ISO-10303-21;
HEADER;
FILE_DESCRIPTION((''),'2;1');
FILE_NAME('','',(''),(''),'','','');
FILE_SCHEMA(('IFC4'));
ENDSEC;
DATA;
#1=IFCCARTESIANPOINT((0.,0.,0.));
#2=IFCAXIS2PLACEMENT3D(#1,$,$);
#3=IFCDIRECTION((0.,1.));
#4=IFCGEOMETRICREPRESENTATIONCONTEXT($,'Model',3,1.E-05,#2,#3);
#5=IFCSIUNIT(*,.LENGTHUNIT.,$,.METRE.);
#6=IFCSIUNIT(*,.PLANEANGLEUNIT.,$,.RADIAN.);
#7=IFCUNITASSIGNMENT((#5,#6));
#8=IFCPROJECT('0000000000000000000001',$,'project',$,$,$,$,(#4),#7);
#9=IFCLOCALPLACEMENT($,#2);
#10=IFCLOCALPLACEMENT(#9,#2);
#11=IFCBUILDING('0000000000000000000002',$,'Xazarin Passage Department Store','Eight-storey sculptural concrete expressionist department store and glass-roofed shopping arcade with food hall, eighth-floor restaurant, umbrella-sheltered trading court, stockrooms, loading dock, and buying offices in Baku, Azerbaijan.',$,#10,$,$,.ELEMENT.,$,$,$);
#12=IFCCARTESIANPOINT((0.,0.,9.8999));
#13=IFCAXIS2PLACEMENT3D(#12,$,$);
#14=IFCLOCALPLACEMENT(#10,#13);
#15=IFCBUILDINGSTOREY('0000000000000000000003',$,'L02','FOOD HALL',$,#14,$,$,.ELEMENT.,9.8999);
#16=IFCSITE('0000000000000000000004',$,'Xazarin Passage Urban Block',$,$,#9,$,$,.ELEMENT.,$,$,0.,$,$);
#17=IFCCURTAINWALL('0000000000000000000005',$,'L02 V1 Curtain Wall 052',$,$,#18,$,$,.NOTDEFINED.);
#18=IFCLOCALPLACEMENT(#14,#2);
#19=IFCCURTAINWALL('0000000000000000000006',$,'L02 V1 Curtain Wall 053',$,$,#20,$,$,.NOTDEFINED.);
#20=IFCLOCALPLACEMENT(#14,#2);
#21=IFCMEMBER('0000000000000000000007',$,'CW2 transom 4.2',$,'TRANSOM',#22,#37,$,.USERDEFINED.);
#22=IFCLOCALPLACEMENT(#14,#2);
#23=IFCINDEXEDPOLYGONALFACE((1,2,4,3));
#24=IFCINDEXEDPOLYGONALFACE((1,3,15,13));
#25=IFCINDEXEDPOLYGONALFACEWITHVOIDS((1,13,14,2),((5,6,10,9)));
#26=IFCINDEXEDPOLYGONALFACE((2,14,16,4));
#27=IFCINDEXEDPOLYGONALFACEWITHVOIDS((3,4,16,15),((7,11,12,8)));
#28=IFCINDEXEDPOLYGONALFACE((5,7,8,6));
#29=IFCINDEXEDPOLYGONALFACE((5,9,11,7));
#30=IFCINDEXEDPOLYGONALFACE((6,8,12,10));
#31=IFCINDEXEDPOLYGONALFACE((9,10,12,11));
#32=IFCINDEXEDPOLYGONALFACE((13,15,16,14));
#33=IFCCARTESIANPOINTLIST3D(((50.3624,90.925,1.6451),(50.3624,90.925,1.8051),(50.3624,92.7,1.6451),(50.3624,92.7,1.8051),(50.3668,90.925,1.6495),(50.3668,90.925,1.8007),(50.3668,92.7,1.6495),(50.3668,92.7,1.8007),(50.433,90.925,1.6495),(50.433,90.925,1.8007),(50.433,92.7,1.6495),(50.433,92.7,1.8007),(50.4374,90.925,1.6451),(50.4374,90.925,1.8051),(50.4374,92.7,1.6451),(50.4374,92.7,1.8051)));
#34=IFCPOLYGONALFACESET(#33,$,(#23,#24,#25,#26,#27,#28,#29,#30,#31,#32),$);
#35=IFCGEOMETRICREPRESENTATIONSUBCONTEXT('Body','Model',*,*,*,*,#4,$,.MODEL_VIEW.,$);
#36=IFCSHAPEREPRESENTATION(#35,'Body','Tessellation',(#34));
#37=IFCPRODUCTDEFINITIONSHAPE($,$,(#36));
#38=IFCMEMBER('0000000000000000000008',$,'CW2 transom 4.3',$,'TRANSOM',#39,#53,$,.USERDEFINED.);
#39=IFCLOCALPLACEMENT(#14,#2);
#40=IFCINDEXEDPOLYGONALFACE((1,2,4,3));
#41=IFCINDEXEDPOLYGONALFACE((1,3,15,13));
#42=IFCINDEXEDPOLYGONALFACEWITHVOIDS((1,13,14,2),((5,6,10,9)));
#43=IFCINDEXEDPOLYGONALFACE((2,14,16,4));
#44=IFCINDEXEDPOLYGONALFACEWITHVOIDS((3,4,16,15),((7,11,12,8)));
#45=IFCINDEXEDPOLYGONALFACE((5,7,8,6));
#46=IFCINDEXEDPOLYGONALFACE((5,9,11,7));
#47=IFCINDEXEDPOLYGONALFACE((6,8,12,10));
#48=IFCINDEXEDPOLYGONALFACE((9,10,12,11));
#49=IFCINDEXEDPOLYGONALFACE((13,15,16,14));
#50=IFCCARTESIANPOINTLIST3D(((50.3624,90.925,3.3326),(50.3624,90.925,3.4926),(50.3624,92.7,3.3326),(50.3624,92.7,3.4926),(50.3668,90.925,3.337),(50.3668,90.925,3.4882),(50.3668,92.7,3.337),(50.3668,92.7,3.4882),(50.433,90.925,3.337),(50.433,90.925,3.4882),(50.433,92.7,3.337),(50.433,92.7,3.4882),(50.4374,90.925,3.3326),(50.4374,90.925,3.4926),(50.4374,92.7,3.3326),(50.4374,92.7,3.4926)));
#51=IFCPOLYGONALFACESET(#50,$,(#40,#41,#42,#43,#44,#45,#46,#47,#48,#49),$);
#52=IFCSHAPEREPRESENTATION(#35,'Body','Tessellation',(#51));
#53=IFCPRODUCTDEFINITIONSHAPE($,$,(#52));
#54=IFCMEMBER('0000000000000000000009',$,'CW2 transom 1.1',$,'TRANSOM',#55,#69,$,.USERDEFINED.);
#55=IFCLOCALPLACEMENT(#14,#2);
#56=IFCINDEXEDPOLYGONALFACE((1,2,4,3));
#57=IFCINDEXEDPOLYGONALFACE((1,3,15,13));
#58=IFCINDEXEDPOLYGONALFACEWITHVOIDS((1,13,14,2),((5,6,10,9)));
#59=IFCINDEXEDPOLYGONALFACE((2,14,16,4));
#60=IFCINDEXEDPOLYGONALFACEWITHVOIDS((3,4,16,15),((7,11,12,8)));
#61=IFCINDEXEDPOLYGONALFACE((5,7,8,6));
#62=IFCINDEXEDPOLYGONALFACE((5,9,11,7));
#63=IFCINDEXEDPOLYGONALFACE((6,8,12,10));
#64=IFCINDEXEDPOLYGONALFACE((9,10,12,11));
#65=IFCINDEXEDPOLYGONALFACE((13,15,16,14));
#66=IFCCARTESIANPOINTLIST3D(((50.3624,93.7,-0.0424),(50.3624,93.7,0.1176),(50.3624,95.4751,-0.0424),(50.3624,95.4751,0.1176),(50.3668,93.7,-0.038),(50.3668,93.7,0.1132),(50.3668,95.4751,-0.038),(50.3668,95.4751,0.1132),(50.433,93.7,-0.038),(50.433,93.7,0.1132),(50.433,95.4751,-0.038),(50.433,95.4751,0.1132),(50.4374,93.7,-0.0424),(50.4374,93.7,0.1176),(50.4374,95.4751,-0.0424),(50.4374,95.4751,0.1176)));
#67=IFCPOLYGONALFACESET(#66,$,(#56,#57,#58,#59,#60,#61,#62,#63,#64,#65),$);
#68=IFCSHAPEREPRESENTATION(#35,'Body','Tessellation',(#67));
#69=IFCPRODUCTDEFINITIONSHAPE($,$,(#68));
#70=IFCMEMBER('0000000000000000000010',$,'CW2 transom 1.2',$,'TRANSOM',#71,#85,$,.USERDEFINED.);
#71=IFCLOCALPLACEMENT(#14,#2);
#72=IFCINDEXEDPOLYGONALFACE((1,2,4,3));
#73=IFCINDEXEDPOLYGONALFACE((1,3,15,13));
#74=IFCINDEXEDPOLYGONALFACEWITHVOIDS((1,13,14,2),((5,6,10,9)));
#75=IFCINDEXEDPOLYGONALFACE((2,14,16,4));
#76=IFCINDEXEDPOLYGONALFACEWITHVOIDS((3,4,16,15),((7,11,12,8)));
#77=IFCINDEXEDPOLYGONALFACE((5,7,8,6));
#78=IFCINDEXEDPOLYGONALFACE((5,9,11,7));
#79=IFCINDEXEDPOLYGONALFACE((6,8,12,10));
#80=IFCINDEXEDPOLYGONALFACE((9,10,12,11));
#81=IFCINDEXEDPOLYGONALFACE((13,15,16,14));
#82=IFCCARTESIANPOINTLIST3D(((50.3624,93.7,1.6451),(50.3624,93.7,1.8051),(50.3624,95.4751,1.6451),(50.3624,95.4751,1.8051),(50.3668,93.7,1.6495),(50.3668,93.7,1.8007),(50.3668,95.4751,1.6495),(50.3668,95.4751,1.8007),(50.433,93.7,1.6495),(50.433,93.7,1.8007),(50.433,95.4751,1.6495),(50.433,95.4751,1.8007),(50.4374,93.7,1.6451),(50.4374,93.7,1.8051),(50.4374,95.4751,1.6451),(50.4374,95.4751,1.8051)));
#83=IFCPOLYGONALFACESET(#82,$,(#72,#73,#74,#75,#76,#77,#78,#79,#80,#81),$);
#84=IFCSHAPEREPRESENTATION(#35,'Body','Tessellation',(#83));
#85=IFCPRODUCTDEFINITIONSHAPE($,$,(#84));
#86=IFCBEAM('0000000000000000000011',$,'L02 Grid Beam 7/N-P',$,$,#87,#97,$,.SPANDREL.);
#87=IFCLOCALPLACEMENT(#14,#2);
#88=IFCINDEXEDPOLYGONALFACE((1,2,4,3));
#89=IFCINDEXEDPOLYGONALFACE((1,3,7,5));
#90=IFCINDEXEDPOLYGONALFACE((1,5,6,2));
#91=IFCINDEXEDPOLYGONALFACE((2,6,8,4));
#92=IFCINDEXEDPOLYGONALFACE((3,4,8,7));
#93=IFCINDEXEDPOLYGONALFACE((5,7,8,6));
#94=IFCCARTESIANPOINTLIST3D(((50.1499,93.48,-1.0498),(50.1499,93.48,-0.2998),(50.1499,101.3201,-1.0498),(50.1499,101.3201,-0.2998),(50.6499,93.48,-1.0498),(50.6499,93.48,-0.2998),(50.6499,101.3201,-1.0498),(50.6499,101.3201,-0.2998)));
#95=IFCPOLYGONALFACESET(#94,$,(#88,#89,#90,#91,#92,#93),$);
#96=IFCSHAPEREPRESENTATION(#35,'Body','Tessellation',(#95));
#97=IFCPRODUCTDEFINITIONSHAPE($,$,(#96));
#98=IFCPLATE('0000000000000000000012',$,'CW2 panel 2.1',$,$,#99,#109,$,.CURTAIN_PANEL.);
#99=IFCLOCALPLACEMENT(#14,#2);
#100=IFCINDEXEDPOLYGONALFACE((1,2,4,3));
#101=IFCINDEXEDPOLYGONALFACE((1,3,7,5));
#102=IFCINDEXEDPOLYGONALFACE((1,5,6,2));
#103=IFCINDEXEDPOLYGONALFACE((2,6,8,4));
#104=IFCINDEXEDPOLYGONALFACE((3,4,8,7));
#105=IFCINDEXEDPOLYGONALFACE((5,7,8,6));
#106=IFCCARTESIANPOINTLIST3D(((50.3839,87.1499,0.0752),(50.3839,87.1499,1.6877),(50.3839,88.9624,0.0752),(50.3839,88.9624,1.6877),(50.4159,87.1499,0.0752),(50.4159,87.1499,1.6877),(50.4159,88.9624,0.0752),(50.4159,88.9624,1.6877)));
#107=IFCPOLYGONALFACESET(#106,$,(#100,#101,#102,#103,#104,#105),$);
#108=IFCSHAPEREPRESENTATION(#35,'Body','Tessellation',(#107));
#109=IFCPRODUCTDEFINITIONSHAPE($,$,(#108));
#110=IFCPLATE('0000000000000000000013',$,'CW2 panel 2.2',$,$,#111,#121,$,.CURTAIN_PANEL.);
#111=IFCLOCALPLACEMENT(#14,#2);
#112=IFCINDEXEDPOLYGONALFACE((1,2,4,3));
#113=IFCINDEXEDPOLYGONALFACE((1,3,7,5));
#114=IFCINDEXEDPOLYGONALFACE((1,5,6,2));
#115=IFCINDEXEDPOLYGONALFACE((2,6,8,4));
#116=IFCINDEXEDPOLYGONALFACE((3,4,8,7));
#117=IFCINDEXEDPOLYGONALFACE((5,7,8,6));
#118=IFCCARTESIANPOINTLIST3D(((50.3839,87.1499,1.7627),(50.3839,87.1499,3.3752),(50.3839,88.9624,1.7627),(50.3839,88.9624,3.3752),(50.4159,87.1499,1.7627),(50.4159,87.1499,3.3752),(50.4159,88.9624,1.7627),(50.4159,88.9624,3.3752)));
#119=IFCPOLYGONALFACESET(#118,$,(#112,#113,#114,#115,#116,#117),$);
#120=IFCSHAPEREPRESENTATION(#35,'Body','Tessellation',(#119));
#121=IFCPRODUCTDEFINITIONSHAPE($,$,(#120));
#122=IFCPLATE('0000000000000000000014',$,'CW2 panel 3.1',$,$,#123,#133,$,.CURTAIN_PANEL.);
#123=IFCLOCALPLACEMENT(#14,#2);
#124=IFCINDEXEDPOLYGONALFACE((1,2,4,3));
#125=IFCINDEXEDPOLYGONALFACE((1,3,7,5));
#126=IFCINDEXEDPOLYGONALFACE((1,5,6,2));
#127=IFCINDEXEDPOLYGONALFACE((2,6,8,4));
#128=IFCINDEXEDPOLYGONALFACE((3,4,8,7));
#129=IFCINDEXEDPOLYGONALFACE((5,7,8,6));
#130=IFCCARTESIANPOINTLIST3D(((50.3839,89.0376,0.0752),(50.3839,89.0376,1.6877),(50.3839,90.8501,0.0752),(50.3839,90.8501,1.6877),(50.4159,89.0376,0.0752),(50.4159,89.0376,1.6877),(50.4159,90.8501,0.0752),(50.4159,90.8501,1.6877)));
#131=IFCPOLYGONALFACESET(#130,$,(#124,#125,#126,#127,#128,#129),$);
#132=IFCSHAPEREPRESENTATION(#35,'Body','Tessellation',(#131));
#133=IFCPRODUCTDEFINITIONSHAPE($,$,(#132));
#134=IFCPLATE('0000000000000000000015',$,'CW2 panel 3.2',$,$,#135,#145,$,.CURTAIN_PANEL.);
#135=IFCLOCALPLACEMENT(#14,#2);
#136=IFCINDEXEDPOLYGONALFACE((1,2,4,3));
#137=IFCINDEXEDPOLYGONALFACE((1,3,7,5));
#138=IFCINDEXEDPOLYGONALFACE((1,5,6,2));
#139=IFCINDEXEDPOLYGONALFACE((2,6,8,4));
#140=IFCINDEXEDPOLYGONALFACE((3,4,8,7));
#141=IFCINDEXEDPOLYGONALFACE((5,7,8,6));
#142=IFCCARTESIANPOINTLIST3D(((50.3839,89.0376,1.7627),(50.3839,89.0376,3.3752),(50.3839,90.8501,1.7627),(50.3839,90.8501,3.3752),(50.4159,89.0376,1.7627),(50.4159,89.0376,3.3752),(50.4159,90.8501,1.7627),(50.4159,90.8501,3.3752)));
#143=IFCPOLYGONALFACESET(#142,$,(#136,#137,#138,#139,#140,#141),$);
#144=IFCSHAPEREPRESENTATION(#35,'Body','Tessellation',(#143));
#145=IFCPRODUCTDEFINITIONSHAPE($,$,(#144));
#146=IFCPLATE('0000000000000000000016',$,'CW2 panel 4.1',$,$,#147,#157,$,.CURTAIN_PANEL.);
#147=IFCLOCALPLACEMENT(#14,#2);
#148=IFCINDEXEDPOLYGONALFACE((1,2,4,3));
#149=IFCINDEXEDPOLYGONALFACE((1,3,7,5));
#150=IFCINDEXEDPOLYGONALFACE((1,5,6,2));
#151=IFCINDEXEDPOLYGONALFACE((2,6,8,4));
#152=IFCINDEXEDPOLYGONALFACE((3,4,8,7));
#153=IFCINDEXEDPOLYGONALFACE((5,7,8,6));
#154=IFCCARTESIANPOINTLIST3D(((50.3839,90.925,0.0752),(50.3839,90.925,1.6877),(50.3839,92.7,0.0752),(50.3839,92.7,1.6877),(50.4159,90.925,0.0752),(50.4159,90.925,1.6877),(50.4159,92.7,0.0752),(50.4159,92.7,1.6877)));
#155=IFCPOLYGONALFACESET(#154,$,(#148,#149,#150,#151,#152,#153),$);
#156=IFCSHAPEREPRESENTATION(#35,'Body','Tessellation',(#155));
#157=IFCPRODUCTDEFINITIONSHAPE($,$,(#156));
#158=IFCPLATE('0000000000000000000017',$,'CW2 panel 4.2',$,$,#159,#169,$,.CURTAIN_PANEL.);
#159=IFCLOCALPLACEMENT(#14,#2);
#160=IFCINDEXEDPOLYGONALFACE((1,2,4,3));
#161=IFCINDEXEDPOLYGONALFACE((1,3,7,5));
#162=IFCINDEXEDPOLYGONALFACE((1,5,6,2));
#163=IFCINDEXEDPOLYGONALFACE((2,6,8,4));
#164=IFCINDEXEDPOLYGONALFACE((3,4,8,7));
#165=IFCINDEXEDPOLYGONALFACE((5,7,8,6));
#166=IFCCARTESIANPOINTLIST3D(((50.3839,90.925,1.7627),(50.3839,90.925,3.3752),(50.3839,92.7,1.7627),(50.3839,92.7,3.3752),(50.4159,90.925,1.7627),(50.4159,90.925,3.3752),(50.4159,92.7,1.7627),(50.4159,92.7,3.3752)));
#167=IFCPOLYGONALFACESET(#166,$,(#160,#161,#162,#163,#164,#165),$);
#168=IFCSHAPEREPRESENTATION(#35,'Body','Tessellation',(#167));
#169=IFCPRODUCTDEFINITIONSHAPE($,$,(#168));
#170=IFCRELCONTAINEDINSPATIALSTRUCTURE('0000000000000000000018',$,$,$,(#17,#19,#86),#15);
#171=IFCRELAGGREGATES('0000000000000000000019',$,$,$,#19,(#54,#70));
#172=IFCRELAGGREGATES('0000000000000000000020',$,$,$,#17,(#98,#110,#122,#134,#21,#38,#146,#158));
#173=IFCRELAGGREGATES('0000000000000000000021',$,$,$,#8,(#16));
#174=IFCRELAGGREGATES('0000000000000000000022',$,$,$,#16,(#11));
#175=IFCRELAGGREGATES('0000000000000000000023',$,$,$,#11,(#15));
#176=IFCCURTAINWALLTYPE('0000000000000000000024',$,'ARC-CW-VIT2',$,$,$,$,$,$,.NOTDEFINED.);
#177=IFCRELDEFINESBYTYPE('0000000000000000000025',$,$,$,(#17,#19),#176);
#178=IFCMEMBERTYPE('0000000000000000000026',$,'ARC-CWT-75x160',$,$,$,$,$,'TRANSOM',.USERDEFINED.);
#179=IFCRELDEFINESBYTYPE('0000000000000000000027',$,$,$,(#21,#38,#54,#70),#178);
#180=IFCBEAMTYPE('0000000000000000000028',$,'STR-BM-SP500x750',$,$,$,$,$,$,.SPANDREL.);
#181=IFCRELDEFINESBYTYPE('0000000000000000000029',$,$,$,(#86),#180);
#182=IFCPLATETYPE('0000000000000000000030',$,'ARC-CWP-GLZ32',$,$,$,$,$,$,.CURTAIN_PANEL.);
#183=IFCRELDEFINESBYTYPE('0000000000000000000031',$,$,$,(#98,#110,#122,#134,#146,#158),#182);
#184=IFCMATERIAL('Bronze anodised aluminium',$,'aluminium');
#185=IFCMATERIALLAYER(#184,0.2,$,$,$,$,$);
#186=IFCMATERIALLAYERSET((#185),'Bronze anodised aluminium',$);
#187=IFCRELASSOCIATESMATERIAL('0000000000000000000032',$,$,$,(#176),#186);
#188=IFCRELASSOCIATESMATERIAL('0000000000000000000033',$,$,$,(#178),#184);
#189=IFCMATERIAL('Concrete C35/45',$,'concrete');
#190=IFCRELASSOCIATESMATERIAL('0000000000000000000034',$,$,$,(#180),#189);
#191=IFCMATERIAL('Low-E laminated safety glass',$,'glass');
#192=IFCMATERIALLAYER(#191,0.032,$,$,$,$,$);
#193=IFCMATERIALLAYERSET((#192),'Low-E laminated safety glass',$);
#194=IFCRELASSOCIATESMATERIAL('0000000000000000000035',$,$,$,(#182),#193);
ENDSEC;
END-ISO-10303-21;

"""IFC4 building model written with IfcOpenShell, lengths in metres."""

from ifc_helpers import new_model, si_unit, direction, frame, origin, origin_2d, place, context, subcontext, project, spatial, rectangle, hollow_rectangle, extrude, material, layer, layer_set, material_profile, profile_set, type_object, element, aggregate, save


model = new_model("IFC4")

# Units and contexts
model_context = context("Model", 3, precision=1e-05, world=origin(), true_north=direction((0.0, 1.0)))
body_context = subcontext(model_context, "Body", "Model", "MODEL_VIEW")
ifc_project = project(units=[si_unit("LENGTHUNIT", "METRE"), si_unit("PLANEANGLEUNIT", "RADIAN")], contexts=[model_context])

# Site, building, storey
site_placement = place(None, origin())
site = spatial("IfcSite", under=ifc_project, at=site_placement, Name="Xazarin Passage Urban Block", CompositionType="ELEMENT", RefElevation=0.0)
building_placement = place(site_placement, origin())
building = spatial("IfcBuilding", under=site, at=building_placement, Name="Xazarin Passage Department Store", Description="Eight-storey sculptural concrete expressionist department store and glass-roofed shopping arcade with food hall, eighth-floor restaurant, umbrella-sheltered trading court, stockrooms, loading dock, and buying offices in Baku, Azerbaijan.", CompositionType="ELEMENT")
storey_placement = place(building_placement, frame((0.0, 0.0, 9.8999)))
storey = spatial("IfcBuildingStorey", under=building, at=storey_placement, Name="L02", Description="FOOD HALL", CompositionType="ELEMENT", Elevation=9.8999)

# Curtain wall
ifc_material_1 = material(Name="Bronze anodised aluminium", Category="aluminium")
ifc_layer_1 = layer(ifc_material_1, 0.2)
ifc_layer_set_1 = layer_set([ifc_layer_1], Name="Bronze anodised aluminium")
curtain_wall_type = type_object("IfcCurtainWallType", Name="ARC-CW-VIT2", PredefinedType="NOTDEFINED", material=ifc_layer_set_1)
curtain_wall_1_placement = place(storey_placement, origin())
curtain_wall_1 = element("IfcCurtainWall", 1, at=curtain_wall_1_placement, inside=storey, type_object=curtain_wall_type, Name="L02 V1 Curtain Wall 052", PredefinedType="NOTDEFINED")

# Curtain wall
curtain_wall_2_placement = place(storey_placement, origin())
curtain_wall_2 = element("IfcCurtainWall", 2, at=curtain_wall_2_placement, inside=storey, type_object=curtain_wall_type, Name="L02 V1 Curtain Wall 053", PredefinedType="NOTDEFINED")

# Members
ifc_material_profile_1 = material_profile(ifc_material_1, hollow_rectangle(XDim=0.075, YDim=0.1599, WallThickness=0.0044, at=origin_2d()), Name="ALU 75x160")
ifc_profile_set_1 = profile_set([ifc_material_profile_1], Name="Bronze anodised aluminium")
member_type_1 = type_object("IfcMemberType", Name="ARC-CWT-75x160", ElementType="TRANSOM", PredefinedType="USERDEFINED", material=ifc_profile_set_1)
member_1_placement = place(storey_placement, frame((50.3999, 90.925, 1.7251), z_axis=(0.0, 1.0, 0.0), x_axis=(-1.0, 0.0, 0.0)))
member_1 = element("IfcMember", 3, at=member_1_placement, type_object=member_type_1, Name="CW2 transom 4.2", ObjectType="TRANSOM", PredefinedType="USERDEFINED", context=body_context, shape_type="SweptSolid", body=[
    extrude(hollow_rectangle(XDim=0.075, YDim=0.1599, WallThickness=0.0044, at=origin_2d()), origin(), (0.0, 0.0, 1.0), 1.7749),
])
member_2_placement = place(storey_placement, frame((50.3999, 90.925, 3.4126), z_axis=(0.0, 1.0, 0.0), x_axis=(-1.0, 0.0, 0.0)))
member_2 = element("IfcMember", 4, at=member_2_placement, type_object=member_type_1, Name="CW2 transom 4.3", ObjectType="TRANSOM", PredefinedType="USERDEFINED", context=body_context, shape_type="SweptSolid", body=[
    extrude(hollow_rectangle(XDim=0.075, YDim=0.1599, WallThickness=0.0044, at=origin_2d()), origin(), (0.0, 0.0, 1.0), 1.7749),
])
member_3_placement = place(storey_placement, frame((50.3999, 93.7, 0.0376), z_axis=(0.0, 1.0, 0.0), x_axis=(-1.0, 0.0, 0.0)))
member_3 = element("IfcMember", 5, at=member_3_placement, type_object=member_type_1, Name="CW2 transom 1.1", ObjectType="TRANSOM", PredefinedType="USERDEFINED", context=body_context, shape_type="SweptSolid", body=[
    extrude(hollow_rectangle(XDim=0.075, YDim=0.1599, WallThickness=0.0044, at=origin_2d()), origin(), (0.0, 0.0, 1.0), 1.7751),
])
member_4_placement = place(storey_placement, frame((50.3999, 93.7, 1.7251), z_axis=(0.0, 1.0, 0.0), x_axis=(-1.0, 0.0, 0.0)))
member_4 = element("IfcMember", 6, at=member_4_placement, type_object=member_type_1, Name="CW2 transom 1.2", ObjectType="TRANSOM", PredefinedType="USERDEFINED", context=body_context, shape_type="SweptSolid", body=[
    extrude(hollow_rectangle(XDim=0.075, YDim=0.1599, WallThickness=0.0044, at=origin_2d()), origin(), (0.0, 0.0, 1.0), 1.7751),
])
aggregate(curtain_wall_2, [member_3, member_4])

# Beam
ifc_material_2 = material(Name="Concrete C35/45", Category="concrete")
ifc_material_profile_2 = material_profile(ifc_material_2, rectangle(XDim=0.5, YDim=0.75, at=origin_2d()), Name="RC 500x750")
ifc_profile_set_2 = profile_set([ifc_material_profile_2], Name="Concrete C35/45")
beam_type = type_object("IfcBeamType", Name="STR-BM-SP500x750", PredefinedType="SPANDREL", material=ifc_profile_set_2)
beam_placement = place(storey_placement, frame((50.3999, 93.48, -0.6748), z_axis=(0.0, 1.0, 0.0), x_axis=(-1.0, 0.0, 0.0)))
element("IfcBeam", 7, at=beam_placement, inside=storey, type_object=beam_type, Name="L02 Grid Beam 7/N-P", PredefinedType="SPANDREL", context=body_context, shape_type="SweptSolid", body=[
    extrude(rectangle(XDim=0.5, YDim=0.75, at=origin_2d()), origin(), (0.0, 0.0, 1.0), 7.8401),
])

# Plates
ifc_material_3 = material(Name="Low-E laminated safety glass", Category="glass")
ifc_layer_2 = layer(ifc_material_3, 0.032)
ifc_layer_set_2 = layer_set([ifc_layer_2], Name="Low-E laminated safety glass")
plate_type = type_object("IfcPlateType", Name="ARC-CWP-GLZ32", PredefinedType="CURTAIN_PANEL", material=ifc_layer_set_2)
plate_1_placement = place(storey_placement, frame((50.3999, 88.0562, 0.0752), z_axis=(0.0, 0.0, 1.0), x_axis=(0.0, 1.0, 0.0)))
plate_1 = element("IfcPlate", 8, at=plate_1_placement, type_object=plate_type, Name="CW2 panel 2.1", PredefinedType="CURTAIN_PANEL", context=body_context, shape_type="SweptSolid", body=[
    extrude(rectangle(XDim=1.8125, YDim=0.032, at=origin_2d()), origin(), (0.0, 0.0, 1.0), 1.6125),
])
plate_2_placement = place(storey_placement, frame((50.3999, 88.0562, 1.7627), z_axis=(0.0, 0.0, 1.0), x_axis=(0.0, 1.0, 0.0)))
plate_2 = element("IfcPlate", 9, at=plate_2_placement, type_object=plate_type, Name="CW2 panel 2.2", PredefinedType="CURTAIN_PANEL", context=body_context, shape_type="SweptSolid", body=[
    extrude(rectangle(XDim=1.8125, YDim=0.032, at=origin_2d()), origin(), (0.0, 0.0, 1.0), 1.6125),
])
plate_3_placement = place(storey_placement, frame((50.3999, 89.9438, 0.0752), z_axis=(0.0, 0.0, 1.0), x_axis=(0.0, 1.0, 0.0)))
plate_3 = element("IfcPlate", 10, at=plate_3_placement, type_object=plate_type, Name="CW2 panel 3.1", PredefinedType="CURTAIN_PANEL", context=body_context, shape_type="SweptSolid", body=[
    extrude(rectangle(XDim=1.8125, YDim=0.032, at=origin_2d()), origin(), (0.0, 0.0, 1.0), 1.6125),
])
plate_4_placement = place(storey_placement, frame((50.3999, 89.9438, 1.7627), z_axis=(0.0, 0.0, 1.0), x_axis=(0.0, 1.0, 0.0)))
plate_4 = element("IfcPlate", 11, at=plate_4_placement, type_object=plate_type, Name="CW2 panel 3.2", PredefinedType="CURTAIN_PANEL", context=body_context, shape_type="SweptSolid", body=[
    extrude(rectangle(XDim=1.8125, YDim=0.032, at=origin_2d()), origin(), (0.0, 0.0, 1.0), 1.6125),
])
plate_5_placement = place(storey_placement, frame((50.3999, 91.8125, 0.0752), z_axis=(0.0, 0.0, 1.0), x_axis=(0.0, 1.0, 0.0)))
plate_5 = element("IfcPlate", 12, at=plate_5_placement, type_object=plate_type, Name="CW2 panel 4.1", PredefinedType="CURTAIN_PANEL", context=body_context, shape_type="SweptSolid", body=[
    extrude(rectangle(XDim=1.7749, YDim=0.032, at=origin_2d()), origin(), (0.0, 0.0, 1.0), 1.6125),
])
plate_6_placement = place(storey_placement, frame((50.3999, 91.8125, 1.7627), z_axis=(0.0, 0.0, 1.0), x_axis=(0.0, 1.0, 0.0)))
plate_6 = element("IfcPlate", 13, at=plate_6_placement, type_object=plate_type, Name="CW2 panel 4.2", PredefinedType="CURTAIN_PANEL", context=body_context, shape_type="SweptSolid", body=[
    extrude(rectangle(XDim=1.7749, YDim=0.032, at=origin_2d()), origin(), (0.0, 0.0, 1.0), 1.6125),
])
aggregate(curtain_wall_1, [plate_1, plate_2, plate_3, plate_4, member_1, member_2, plate_5, plate_6])

save(model, "model.ifc")
